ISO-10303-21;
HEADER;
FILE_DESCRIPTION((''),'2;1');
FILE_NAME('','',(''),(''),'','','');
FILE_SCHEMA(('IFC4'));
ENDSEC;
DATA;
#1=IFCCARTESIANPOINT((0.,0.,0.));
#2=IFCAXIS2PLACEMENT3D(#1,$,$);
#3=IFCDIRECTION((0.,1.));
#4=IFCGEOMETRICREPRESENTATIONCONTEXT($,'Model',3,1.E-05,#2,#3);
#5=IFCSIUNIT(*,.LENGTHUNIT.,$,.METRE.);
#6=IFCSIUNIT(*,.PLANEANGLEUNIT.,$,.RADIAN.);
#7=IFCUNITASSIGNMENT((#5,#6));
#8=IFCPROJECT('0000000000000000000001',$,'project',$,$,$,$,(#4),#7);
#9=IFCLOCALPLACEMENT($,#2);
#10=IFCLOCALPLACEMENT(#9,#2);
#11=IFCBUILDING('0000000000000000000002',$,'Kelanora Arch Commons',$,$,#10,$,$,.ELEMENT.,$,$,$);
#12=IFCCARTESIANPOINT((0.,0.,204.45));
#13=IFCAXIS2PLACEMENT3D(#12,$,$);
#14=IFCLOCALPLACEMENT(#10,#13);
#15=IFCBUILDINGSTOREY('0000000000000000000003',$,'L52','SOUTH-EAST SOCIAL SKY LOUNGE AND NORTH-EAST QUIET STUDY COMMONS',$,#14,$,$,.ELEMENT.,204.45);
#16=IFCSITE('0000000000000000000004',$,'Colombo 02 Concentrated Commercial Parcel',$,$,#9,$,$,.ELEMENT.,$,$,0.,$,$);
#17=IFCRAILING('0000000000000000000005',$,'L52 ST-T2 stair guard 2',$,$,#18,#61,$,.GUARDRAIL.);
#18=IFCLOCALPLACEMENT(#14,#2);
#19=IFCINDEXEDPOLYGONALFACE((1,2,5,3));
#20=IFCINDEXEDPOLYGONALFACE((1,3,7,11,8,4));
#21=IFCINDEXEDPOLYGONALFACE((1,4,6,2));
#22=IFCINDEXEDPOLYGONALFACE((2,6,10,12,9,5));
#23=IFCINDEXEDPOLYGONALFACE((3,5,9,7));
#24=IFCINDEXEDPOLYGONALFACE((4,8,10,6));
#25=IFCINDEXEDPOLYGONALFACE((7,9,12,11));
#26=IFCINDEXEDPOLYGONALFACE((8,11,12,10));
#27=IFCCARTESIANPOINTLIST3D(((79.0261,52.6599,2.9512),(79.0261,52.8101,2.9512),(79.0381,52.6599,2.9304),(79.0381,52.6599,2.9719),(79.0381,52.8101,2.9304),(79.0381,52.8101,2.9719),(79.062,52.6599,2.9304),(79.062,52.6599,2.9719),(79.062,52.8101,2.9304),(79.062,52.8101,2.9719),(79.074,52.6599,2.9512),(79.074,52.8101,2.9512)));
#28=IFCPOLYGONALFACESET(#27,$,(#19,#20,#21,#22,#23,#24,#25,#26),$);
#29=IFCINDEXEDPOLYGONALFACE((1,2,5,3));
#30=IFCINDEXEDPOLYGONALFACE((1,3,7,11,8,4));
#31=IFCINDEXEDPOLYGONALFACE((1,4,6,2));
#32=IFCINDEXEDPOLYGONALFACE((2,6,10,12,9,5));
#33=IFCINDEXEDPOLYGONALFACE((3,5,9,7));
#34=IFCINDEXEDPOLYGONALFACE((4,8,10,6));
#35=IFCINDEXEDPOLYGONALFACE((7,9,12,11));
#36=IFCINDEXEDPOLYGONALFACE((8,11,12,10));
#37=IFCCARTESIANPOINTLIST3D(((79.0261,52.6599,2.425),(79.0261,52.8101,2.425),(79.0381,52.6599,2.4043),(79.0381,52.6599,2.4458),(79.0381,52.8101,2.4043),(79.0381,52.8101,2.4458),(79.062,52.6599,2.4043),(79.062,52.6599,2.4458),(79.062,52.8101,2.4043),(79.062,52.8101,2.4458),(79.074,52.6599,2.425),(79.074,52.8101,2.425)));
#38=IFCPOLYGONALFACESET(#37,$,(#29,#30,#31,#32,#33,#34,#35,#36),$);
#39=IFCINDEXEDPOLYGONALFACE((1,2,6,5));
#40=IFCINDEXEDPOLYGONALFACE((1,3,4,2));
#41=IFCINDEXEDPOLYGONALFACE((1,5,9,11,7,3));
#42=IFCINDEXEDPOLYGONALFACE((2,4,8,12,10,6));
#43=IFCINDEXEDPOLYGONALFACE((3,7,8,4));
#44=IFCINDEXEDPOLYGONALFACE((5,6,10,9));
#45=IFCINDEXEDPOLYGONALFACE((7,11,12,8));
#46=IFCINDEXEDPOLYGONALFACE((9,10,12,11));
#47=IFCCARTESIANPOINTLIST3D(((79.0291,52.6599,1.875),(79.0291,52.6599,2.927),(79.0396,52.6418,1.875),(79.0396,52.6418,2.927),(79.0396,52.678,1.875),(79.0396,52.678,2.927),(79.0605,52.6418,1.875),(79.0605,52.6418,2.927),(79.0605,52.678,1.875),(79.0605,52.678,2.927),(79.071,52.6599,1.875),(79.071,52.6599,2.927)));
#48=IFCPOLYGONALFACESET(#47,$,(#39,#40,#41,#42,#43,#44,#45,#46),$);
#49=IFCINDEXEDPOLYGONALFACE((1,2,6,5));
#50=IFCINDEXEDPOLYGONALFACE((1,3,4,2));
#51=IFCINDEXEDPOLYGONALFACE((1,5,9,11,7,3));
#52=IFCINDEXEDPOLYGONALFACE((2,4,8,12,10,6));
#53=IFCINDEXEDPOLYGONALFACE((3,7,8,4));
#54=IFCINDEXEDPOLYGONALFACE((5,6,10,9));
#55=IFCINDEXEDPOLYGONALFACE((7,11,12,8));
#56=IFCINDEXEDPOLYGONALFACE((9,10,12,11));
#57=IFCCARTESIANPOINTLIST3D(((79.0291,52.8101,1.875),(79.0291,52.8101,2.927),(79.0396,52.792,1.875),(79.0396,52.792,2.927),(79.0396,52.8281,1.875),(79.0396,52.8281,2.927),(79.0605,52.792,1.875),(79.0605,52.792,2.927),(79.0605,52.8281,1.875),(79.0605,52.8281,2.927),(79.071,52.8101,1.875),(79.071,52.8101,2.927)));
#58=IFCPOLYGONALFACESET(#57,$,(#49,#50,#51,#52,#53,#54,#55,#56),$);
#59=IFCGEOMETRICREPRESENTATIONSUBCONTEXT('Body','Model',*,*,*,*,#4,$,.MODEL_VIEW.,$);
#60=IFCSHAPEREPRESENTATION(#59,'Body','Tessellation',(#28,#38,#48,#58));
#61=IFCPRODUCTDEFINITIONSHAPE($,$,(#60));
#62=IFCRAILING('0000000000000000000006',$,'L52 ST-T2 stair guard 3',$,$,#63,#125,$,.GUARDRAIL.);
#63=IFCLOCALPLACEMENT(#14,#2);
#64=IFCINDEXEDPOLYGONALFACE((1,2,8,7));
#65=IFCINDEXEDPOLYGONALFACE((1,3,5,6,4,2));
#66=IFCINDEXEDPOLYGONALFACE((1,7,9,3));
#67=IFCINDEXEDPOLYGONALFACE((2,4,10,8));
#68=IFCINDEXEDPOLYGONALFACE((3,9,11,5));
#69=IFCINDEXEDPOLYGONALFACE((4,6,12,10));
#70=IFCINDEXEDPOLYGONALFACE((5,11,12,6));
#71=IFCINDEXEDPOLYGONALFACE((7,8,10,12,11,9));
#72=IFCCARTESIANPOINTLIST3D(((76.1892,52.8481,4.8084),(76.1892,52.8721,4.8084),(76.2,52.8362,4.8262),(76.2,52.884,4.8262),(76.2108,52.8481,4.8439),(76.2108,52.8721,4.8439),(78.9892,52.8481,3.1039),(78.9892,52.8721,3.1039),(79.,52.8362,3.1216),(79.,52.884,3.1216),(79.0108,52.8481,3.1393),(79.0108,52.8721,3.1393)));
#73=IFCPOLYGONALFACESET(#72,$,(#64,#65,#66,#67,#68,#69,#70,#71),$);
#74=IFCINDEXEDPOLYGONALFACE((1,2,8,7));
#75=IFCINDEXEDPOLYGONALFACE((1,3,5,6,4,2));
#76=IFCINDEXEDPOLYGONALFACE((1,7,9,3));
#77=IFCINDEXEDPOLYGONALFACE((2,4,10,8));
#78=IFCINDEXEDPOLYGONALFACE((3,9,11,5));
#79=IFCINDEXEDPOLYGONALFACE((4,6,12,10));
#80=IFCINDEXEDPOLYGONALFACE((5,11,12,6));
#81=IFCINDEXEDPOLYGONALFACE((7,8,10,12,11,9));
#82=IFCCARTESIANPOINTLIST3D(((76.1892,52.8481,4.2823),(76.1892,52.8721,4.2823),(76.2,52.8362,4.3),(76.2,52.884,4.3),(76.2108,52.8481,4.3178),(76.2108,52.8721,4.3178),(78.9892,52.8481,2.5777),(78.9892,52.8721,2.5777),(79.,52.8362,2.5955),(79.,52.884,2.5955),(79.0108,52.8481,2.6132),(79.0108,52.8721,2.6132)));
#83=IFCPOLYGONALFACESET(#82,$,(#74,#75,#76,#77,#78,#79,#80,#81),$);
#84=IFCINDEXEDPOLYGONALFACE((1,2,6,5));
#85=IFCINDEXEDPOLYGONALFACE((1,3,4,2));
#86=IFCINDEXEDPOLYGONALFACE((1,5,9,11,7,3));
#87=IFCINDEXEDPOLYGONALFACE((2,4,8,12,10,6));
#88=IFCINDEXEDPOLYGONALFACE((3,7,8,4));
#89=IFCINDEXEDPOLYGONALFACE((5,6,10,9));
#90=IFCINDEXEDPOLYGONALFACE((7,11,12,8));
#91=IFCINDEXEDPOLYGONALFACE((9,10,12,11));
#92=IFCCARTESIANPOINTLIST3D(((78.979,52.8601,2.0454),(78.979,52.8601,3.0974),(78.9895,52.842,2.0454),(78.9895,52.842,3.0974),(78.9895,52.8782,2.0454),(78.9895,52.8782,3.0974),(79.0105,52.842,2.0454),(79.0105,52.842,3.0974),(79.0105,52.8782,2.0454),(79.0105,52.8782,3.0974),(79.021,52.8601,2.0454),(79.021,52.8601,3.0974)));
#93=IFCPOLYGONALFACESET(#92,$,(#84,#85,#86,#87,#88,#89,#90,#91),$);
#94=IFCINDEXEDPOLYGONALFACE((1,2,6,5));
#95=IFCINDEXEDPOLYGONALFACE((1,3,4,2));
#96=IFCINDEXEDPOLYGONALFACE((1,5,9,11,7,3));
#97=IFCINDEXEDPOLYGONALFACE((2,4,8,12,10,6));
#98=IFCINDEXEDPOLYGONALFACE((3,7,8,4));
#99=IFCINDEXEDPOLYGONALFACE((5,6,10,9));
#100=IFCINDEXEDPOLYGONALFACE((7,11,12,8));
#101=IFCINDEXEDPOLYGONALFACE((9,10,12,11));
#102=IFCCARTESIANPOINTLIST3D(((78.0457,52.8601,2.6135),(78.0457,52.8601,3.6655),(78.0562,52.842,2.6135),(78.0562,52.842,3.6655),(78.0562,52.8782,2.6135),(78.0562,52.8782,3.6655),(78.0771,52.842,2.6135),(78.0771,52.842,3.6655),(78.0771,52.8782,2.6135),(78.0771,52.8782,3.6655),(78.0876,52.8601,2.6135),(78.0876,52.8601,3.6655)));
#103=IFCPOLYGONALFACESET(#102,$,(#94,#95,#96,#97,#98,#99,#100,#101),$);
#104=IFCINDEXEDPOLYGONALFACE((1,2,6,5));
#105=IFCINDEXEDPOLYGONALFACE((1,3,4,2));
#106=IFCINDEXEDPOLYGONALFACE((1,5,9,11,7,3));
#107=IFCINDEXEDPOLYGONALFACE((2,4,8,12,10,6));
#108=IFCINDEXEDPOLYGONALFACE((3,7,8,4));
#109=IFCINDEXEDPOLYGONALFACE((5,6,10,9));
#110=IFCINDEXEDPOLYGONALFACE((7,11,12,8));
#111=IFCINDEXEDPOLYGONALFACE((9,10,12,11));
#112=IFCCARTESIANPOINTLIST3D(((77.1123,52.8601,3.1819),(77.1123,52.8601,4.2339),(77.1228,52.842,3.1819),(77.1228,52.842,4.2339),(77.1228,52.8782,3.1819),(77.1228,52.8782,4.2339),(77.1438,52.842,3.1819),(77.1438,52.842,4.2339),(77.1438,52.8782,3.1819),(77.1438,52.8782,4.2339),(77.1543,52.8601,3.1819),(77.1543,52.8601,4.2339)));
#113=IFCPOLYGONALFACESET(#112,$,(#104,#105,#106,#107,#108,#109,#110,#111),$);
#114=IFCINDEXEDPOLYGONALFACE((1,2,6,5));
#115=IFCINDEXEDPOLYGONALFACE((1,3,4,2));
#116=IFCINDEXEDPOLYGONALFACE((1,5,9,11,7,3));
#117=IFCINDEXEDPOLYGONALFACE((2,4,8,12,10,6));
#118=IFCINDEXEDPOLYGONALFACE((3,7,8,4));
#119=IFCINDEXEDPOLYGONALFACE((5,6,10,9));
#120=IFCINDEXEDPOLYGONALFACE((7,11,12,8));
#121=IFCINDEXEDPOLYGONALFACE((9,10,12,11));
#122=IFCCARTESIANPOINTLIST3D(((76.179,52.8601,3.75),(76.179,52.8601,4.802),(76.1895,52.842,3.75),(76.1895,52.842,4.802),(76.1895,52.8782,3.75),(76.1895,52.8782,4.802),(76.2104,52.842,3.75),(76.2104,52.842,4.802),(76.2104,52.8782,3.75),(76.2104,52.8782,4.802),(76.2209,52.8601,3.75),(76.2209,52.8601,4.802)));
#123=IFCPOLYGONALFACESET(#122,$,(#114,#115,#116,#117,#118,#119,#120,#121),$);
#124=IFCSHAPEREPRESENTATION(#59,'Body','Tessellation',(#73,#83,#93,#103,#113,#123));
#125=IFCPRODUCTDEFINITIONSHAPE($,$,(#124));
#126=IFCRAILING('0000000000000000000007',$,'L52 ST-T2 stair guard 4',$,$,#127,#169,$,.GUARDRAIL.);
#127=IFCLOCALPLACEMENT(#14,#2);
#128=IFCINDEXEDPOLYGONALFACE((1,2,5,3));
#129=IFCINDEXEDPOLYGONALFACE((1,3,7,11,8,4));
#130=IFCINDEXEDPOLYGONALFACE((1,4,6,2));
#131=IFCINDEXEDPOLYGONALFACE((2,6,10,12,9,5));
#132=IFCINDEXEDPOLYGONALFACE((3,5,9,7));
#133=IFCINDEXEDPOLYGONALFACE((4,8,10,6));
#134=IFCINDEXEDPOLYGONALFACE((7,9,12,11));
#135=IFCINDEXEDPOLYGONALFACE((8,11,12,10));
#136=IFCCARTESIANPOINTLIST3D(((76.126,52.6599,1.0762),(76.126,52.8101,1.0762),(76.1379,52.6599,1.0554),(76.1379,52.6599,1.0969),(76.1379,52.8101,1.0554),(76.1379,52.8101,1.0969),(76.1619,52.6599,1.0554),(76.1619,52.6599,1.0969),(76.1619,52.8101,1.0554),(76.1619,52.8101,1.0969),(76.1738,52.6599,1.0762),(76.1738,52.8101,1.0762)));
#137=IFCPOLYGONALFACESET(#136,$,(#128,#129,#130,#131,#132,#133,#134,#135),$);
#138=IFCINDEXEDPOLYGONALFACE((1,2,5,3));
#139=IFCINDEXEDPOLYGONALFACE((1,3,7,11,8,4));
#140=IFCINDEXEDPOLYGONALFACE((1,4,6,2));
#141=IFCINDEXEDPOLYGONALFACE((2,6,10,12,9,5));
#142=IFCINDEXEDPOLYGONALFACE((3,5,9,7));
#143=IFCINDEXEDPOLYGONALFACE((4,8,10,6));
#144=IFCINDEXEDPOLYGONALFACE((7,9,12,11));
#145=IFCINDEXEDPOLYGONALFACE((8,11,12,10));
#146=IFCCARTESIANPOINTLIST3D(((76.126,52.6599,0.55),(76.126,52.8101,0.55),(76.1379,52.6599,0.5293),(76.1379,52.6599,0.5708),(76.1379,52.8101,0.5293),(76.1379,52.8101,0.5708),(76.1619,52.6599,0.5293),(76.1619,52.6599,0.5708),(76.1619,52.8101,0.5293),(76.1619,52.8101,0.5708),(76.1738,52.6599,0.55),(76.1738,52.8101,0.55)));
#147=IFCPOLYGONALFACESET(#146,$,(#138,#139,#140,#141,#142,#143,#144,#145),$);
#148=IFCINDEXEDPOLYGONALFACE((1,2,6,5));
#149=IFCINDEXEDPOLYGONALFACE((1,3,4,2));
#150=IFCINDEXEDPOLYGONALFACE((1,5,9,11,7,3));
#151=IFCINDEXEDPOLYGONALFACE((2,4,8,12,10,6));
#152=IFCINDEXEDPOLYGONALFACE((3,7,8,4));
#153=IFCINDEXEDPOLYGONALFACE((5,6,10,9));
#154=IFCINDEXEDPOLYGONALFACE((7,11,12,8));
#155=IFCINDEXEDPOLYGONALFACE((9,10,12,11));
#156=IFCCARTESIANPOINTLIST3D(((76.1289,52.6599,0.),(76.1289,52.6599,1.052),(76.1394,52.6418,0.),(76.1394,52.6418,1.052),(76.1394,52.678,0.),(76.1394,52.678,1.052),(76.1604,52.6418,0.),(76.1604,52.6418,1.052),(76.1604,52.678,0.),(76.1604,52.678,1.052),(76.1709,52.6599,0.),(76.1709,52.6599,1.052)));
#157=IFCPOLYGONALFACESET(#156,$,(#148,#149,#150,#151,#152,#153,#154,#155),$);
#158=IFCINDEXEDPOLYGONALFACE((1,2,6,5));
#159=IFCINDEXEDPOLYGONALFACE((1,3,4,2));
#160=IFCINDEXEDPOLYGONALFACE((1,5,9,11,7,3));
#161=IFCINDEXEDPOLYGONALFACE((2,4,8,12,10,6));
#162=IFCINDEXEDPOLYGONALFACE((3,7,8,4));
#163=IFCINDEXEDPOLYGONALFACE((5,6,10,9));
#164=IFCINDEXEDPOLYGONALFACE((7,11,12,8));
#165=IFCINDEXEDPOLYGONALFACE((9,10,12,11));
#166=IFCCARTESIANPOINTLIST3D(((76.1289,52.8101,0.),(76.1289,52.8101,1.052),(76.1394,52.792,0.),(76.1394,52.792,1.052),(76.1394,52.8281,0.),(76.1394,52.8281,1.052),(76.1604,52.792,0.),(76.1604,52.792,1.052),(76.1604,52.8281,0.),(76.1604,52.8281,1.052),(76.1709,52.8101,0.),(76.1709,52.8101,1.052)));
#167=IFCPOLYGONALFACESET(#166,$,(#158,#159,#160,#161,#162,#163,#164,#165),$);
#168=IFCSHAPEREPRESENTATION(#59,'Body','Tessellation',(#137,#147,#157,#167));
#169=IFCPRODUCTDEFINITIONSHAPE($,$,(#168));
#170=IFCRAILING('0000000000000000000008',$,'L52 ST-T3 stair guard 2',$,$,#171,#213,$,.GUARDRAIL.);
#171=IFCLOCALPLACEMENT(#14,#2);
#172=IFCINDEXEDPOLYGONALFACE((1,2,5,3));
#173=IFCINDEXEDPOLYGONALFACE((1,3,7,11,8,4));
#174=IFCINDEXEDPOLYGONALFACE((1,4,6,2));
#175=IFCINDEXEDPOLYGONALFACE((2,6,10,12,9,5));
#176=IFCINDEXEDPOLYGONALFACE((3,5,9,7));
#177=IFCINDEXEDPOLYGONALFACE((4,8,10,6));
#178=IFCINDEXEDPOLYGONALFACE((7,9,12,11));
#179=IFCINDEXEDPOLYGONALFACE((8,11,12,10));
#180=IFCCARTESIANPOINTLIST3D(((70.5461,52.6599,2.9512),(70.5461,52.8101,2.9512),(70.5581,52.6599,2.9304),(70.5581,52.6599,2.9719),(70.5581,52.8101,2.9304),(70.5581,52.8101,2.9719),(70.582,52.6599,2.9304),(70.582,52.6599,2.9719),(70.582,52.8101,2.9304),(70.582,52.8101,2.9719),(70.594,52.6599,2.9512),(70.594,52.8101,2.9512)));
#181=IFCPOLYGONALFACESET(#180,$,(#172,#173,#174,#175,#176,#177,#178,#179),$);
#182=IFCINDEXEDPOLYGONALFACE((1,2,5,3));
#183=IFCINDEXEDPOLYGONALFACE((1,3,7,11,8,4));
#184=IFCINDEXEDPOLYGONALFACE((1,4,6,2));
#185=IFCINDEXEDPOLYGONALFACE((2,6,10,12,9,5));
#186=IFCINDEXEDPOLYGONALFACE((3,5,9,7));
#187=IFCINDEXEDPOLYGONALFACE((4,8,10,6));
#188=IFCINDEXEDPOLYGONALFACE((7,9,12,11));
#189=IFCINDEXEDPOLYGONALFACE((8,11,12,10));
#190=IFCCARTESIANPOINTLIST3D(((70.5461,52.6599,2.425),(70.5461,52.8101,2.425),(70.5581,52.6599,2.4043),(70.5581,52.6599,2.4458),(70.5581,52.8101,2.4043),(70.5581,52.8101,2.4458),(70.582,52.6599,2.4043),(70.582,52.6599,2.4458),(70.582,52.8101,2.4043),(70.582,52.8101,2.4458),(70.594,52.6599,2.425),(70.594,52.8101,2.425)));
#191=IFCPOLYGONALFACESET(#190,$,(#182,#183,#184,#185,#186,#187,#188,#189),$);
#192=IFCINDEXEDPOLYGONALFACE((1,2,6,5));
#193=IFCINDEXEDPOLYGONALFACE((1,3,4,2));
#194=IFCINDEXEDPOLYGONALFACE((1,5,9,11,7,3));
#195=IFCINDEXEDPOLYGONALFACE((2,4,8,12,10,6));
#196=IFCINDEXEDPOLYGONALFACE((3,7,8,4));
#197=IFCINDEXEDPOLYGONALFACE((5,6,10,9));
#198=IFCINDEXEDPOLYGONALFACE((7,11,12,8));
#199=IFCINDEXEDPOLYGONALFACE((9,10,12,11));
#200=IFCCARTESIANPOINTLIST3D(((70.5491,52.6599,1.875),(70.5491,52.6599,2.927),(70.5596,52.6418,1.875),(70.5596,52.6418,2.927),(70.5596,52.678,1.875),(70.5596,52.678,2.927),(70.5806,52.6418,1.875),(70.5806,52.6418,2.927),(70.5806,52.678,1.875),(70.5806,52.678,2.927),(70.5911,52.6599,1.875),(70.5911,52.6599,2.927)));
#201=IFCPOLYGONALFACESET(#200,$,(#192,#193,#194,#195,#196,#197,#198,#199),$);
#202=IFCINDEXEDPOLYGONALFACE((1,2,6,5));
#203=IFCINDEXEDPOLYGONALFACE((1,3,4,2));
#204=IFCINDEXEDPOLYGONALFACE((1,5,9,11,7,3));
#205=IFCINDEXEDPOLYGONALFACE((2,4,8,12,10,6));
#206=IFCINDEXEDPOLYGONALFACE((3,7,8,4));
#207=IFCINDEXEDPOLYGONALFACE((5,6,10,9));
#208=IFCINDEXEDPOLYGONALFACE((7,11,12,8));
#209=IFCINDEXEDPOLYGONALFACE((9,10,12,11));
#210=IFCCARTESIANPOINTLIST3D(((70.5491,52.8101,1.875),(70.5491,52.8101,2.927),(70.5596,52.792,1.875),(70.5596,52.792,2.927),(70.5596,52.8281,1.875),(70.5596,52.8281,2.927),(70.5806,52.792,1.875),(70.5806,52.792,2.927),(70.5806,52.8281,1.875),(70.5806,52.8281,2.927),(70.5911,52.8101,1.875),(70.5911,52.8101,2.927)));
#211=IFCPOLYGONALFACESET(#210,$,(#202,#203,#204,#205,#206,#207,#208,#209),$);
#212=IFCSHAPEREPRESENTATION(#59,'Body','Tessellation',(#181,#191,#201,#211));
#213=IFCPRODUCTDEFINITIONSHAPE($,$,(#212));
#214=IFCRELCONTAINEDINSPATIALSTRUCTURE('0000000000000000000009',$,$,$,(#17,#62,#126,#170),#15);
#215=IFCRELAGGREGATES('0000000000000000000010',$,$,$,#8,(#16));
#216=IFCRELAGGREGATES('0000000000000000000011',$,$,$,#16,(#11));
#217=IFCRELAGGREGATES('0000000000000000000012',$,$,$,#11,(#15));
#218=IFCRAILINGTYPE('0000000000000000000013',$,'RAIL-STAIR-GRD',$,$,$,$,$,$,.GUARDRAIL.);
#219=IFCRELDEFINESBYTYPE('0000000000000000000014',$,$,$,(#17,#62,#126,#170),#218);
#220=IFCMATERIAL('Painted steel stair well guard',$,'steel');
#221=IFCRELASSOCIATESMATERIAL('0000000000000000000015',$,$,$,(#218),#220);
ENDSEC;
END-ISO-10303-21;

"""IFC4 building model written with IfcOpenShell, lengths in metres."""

from ifc_helpers import new_model, si_unit, direction, frame, origin, place, context, subcontext, project, spatial, polyline, outline, extrude, material, type_object, element, save


model = new_model("IFC4")

# Units and contexts
model_context = context("Model", 3, precision=1e-05, world=origin(), true_north=direction((0.0, 1.0)))
body_context = subcontext(model_context, "Body", "Model", "MODEL_VIEW")
ifc_project = project(units=[si_unit("LENGTHUNIT", "METRE"), si_unit("PLANEANGLEUNIT", "RADIAN")], contexts=[model_context])

# Site, building, storey
site_placement = place(None, origin())
site = spatial("IfcSite", under=ifc_project, at=site_placement, Name="Colombo 02 Concentrated Commercial Parcel", CompositionType="ELEMENT", RefElevation=0.0)
building_placement = place(site_placement, origin())
building = spatial("IfcBuilding", under=site, at=building_placement, Name="Kelanora Arch Commons", CompositionType="ELEMENT")
storey_placement = place(building_placement, frame((0.0, 0.0, 204.45)))
storey = spatial("IfcBuildingStorey", under=building, at=storey_placement, Name="L52", Description="SOUTH-EAST SOCIAL SKY LOUNGE AND NORTH-EAST QUIET STUDY COMMONS", CompositionType="ELEMENT", Elevation=204.45)

# Railings
ifc_material_1 = material(Name="Painted steel stair well guard", Category="steel")
railing_type_1 = type_object("IfcRailingType", Name="RAIL-STAIR-GRD", PredefinedType="GUARDRAIL", material=ifc_material_1)
railing_1_placement = place(storey_placement, frame((79.05, 52.6599, 1.875)))
element("IfcRailing", 1, at=railing_1_placement, inside=storey, type_object=railing_type_1, Name="L52 ST-T2 stair guard 2", PredefinedType="GUARDRAIL", context=body_context, shape_type="SweptSolid", body=[
    extrude(outline(polyline([(0.0239, 0.0), (0.012, 0.0208), (-0.012, 0.0208), (-0.0239, 0.0), (-0.012, -0.0208), (0.012, -0.0208), (0.0239, 0.0)])), frame((0.0, 0.0, 1.0762), z_axis=(0.0, 1.0, 0.0), x_axis=(-1.0, 0.0, 0.0)), (0.0, 0.0, 1.0), 0.1501),
    extrude(outline(polyline([(0.0239, 0.0), (0.012, 0.0208), (-0.012, 0.0208), (-0.0239, 0.0), (-0.012, -0.0208), (0.012, -0.0208), (0.0239, 0.0)])), frame((0.0, 0.0, 0.55), z_axis=(0.0, 1.0, 0.0), x_axis=(-1.0, 0.0, 0.0)), (0.0, 0.0, 1.0), 0.1501),
    extrude(outline(polyline([(0.021, 0.0), (0.0105, 0.0181), (-0.0105, 0.0181), (-0.021, 0.0), (-0.0105, -0.0181), (0.0105, -0.0181), (0.021, 0.0)])), origin(), (0.0, 0.0, 1.0), 1.052),
    extrude(outline(polyline([(0.021, 0.0), (0.0105, 0.0181), (-0.0105, 0.0181), (-0.021, 0.0), (-0.0105, -0.0181), (0.0105, -0.0181), (0.021, 0.0)])), frame((0.0, 0.1501, 0.0)), (0.0, 0.0, 1.0), 1.052),
])
railing_2_placement = place(storey_placement, frame((79.0, 52.8601, 2.0454)))
element("IfcRailing", 2, at=railing_2_placement, inside=storey, type_object=railing_type_1, Name="L52 ST-T2 stair guard 3", PredefinedType="GUARDRAIL", context=body_context, shape_type="SweptSolid", body=[
    extrude(outline(polyline([(0.0239, 0.0), (0.012, 0.0208), (-0.012, 0.0208), (-0.0239, 0.0), (-0.012, -0.0208), (0.012, -0.0208), (0.0239, 0.0)])), frame((0.0, 0.0, 1.0762), z_axis=(-0.85417, 0.0, 0.519994), x_axis=(0.0, -1.0, 0.0)), (0.0, 0.0, 1.0), 3.2781),
    extrude(outline(polyline([(0.0239, 0.0), (0.012, 0.0208), (-0.012, 0.0208), (-0.0239, 0.0), (-0.012, -0.0208), (0.012, -0.0208), (0.0239, 0.0)])), frame((0.0, 0.0, 0.55), z_axis=(-0.85417, 0.0, 0.519994), x_axis=(0.0, -1.0, 0.0)), (0.0, 0.0, 1.0), 3.2781),
    extrude(outline(polyline([(0.021, 0.0), (0.0105, 0.0181), (-0.0105, 0.0181), (-0.021, 0.0), (-0.0105, -0.0181), (0.0105, -0.0181), (0.021, 0.0)])), origin(), (0.0, 0.0, 1.0), 1.052),
    extrude(outline(polyline([(0.021, 0.0), (0.0105, 0.0181), (-0.0105, 0.0181), (-0.021, 0.0), (-0.0105, -0.0181), (0.0105, -0.0181), (0.021, 0.0)])), frame((-0.9333, 0.0, 0.5681)), (0.0, 0.0, 1.0), 1.052),
    extrude(outline(polyline([(0.021, 0.0), (0.0105, 0.0181), (-0.0105, 0.0181), (-0.021, 0.0), (-0.0105, -0.0181), (0.0105, -0.0181), (0.021, 0.0)])), frame((-1.8667, 0.0, 1.1365)), (0.0, 0.0, 1.0), 1.052),
    extrude(outline(polyline([(0.021, 0.0), (0.0105, 0.0181), (-0.0105, 0.0181), (-0.021, 0.0), (-0.0105, -0.0181), (0.0105, -0.0181), (0.021, 0.0)])), frame((-2.8, 0.0, 1.7046)), (0.0, 0.0, 1.0), 1.052),
])
for number, where, name in (
    (3, (76.1499, 52.6599, 0.0), "L52 ST-T2 stair guard 4"),
    (4, (70.5701, 52.6599, 1.875), "L52 ST-T3 stair guard 2"),
):
    element("IfcRailing", number, at=place(storey_placement, frame(where)), inside=storey, type_object=railing_type_1, Name=name, PredefinedType="GUARDRAIL", context=body_context, shape_type="SweptSolid", body=[
        extrude(outline(polyline([(0.0239, 0.0), (0.012, 0.0208), (-0.012, 0.0208), (-0.0239, 0.0), (-0.012, -0.0208), (0.012, -0.0208), (0.0239, 0.0)])), frame((0.0, 0.0, 1.0762), z_axis=(0.0, 1.0, 0.0), x_axis=(-1.0, 0.0, 0.0)), (0.0, 0.0, 1.0), 0.1501),
        extrude(outline(polyline([(0.0239, 0.0), (0.012, 0.0208), (-0.012, 0.0208), (-0.0239, 0.0), (-0.012, -0.0208), (0.012, -0.0208), (0.0239, 0.0)])), frame((0.0, 0.0, 0.55), z_axis=(0.0, 1.0, 0.0), x_axis=(-1.0, 0.0, 0.0)), (0.0, 0.0, 1.0), 0.1501),
        extrude(outline(polyline([(0.021, 0.0), (0.0105, 0.0181), (-0.0105, 0.0181), (-0.021, 0.0), (-0.0105, -0.0181), (0.0105, -0.0181), (0.021, 0.0)])), origin(), (0.0, 0.0, 1.0), 1.052),
        extrude(outline(polyline([(0.021, 0.0), (0.0105, 0.0181), (-0.0105, 0.0181), (-0.021, 0.0), (-0.0105, -0.0181), (0.0105, -0.0181), (0.021, 0.0)])), frame((0.0, 0.1501, 0.0)), (0.0, 0.0, 1.0), 1.052),
    ])

save(model, "model.ifc")
